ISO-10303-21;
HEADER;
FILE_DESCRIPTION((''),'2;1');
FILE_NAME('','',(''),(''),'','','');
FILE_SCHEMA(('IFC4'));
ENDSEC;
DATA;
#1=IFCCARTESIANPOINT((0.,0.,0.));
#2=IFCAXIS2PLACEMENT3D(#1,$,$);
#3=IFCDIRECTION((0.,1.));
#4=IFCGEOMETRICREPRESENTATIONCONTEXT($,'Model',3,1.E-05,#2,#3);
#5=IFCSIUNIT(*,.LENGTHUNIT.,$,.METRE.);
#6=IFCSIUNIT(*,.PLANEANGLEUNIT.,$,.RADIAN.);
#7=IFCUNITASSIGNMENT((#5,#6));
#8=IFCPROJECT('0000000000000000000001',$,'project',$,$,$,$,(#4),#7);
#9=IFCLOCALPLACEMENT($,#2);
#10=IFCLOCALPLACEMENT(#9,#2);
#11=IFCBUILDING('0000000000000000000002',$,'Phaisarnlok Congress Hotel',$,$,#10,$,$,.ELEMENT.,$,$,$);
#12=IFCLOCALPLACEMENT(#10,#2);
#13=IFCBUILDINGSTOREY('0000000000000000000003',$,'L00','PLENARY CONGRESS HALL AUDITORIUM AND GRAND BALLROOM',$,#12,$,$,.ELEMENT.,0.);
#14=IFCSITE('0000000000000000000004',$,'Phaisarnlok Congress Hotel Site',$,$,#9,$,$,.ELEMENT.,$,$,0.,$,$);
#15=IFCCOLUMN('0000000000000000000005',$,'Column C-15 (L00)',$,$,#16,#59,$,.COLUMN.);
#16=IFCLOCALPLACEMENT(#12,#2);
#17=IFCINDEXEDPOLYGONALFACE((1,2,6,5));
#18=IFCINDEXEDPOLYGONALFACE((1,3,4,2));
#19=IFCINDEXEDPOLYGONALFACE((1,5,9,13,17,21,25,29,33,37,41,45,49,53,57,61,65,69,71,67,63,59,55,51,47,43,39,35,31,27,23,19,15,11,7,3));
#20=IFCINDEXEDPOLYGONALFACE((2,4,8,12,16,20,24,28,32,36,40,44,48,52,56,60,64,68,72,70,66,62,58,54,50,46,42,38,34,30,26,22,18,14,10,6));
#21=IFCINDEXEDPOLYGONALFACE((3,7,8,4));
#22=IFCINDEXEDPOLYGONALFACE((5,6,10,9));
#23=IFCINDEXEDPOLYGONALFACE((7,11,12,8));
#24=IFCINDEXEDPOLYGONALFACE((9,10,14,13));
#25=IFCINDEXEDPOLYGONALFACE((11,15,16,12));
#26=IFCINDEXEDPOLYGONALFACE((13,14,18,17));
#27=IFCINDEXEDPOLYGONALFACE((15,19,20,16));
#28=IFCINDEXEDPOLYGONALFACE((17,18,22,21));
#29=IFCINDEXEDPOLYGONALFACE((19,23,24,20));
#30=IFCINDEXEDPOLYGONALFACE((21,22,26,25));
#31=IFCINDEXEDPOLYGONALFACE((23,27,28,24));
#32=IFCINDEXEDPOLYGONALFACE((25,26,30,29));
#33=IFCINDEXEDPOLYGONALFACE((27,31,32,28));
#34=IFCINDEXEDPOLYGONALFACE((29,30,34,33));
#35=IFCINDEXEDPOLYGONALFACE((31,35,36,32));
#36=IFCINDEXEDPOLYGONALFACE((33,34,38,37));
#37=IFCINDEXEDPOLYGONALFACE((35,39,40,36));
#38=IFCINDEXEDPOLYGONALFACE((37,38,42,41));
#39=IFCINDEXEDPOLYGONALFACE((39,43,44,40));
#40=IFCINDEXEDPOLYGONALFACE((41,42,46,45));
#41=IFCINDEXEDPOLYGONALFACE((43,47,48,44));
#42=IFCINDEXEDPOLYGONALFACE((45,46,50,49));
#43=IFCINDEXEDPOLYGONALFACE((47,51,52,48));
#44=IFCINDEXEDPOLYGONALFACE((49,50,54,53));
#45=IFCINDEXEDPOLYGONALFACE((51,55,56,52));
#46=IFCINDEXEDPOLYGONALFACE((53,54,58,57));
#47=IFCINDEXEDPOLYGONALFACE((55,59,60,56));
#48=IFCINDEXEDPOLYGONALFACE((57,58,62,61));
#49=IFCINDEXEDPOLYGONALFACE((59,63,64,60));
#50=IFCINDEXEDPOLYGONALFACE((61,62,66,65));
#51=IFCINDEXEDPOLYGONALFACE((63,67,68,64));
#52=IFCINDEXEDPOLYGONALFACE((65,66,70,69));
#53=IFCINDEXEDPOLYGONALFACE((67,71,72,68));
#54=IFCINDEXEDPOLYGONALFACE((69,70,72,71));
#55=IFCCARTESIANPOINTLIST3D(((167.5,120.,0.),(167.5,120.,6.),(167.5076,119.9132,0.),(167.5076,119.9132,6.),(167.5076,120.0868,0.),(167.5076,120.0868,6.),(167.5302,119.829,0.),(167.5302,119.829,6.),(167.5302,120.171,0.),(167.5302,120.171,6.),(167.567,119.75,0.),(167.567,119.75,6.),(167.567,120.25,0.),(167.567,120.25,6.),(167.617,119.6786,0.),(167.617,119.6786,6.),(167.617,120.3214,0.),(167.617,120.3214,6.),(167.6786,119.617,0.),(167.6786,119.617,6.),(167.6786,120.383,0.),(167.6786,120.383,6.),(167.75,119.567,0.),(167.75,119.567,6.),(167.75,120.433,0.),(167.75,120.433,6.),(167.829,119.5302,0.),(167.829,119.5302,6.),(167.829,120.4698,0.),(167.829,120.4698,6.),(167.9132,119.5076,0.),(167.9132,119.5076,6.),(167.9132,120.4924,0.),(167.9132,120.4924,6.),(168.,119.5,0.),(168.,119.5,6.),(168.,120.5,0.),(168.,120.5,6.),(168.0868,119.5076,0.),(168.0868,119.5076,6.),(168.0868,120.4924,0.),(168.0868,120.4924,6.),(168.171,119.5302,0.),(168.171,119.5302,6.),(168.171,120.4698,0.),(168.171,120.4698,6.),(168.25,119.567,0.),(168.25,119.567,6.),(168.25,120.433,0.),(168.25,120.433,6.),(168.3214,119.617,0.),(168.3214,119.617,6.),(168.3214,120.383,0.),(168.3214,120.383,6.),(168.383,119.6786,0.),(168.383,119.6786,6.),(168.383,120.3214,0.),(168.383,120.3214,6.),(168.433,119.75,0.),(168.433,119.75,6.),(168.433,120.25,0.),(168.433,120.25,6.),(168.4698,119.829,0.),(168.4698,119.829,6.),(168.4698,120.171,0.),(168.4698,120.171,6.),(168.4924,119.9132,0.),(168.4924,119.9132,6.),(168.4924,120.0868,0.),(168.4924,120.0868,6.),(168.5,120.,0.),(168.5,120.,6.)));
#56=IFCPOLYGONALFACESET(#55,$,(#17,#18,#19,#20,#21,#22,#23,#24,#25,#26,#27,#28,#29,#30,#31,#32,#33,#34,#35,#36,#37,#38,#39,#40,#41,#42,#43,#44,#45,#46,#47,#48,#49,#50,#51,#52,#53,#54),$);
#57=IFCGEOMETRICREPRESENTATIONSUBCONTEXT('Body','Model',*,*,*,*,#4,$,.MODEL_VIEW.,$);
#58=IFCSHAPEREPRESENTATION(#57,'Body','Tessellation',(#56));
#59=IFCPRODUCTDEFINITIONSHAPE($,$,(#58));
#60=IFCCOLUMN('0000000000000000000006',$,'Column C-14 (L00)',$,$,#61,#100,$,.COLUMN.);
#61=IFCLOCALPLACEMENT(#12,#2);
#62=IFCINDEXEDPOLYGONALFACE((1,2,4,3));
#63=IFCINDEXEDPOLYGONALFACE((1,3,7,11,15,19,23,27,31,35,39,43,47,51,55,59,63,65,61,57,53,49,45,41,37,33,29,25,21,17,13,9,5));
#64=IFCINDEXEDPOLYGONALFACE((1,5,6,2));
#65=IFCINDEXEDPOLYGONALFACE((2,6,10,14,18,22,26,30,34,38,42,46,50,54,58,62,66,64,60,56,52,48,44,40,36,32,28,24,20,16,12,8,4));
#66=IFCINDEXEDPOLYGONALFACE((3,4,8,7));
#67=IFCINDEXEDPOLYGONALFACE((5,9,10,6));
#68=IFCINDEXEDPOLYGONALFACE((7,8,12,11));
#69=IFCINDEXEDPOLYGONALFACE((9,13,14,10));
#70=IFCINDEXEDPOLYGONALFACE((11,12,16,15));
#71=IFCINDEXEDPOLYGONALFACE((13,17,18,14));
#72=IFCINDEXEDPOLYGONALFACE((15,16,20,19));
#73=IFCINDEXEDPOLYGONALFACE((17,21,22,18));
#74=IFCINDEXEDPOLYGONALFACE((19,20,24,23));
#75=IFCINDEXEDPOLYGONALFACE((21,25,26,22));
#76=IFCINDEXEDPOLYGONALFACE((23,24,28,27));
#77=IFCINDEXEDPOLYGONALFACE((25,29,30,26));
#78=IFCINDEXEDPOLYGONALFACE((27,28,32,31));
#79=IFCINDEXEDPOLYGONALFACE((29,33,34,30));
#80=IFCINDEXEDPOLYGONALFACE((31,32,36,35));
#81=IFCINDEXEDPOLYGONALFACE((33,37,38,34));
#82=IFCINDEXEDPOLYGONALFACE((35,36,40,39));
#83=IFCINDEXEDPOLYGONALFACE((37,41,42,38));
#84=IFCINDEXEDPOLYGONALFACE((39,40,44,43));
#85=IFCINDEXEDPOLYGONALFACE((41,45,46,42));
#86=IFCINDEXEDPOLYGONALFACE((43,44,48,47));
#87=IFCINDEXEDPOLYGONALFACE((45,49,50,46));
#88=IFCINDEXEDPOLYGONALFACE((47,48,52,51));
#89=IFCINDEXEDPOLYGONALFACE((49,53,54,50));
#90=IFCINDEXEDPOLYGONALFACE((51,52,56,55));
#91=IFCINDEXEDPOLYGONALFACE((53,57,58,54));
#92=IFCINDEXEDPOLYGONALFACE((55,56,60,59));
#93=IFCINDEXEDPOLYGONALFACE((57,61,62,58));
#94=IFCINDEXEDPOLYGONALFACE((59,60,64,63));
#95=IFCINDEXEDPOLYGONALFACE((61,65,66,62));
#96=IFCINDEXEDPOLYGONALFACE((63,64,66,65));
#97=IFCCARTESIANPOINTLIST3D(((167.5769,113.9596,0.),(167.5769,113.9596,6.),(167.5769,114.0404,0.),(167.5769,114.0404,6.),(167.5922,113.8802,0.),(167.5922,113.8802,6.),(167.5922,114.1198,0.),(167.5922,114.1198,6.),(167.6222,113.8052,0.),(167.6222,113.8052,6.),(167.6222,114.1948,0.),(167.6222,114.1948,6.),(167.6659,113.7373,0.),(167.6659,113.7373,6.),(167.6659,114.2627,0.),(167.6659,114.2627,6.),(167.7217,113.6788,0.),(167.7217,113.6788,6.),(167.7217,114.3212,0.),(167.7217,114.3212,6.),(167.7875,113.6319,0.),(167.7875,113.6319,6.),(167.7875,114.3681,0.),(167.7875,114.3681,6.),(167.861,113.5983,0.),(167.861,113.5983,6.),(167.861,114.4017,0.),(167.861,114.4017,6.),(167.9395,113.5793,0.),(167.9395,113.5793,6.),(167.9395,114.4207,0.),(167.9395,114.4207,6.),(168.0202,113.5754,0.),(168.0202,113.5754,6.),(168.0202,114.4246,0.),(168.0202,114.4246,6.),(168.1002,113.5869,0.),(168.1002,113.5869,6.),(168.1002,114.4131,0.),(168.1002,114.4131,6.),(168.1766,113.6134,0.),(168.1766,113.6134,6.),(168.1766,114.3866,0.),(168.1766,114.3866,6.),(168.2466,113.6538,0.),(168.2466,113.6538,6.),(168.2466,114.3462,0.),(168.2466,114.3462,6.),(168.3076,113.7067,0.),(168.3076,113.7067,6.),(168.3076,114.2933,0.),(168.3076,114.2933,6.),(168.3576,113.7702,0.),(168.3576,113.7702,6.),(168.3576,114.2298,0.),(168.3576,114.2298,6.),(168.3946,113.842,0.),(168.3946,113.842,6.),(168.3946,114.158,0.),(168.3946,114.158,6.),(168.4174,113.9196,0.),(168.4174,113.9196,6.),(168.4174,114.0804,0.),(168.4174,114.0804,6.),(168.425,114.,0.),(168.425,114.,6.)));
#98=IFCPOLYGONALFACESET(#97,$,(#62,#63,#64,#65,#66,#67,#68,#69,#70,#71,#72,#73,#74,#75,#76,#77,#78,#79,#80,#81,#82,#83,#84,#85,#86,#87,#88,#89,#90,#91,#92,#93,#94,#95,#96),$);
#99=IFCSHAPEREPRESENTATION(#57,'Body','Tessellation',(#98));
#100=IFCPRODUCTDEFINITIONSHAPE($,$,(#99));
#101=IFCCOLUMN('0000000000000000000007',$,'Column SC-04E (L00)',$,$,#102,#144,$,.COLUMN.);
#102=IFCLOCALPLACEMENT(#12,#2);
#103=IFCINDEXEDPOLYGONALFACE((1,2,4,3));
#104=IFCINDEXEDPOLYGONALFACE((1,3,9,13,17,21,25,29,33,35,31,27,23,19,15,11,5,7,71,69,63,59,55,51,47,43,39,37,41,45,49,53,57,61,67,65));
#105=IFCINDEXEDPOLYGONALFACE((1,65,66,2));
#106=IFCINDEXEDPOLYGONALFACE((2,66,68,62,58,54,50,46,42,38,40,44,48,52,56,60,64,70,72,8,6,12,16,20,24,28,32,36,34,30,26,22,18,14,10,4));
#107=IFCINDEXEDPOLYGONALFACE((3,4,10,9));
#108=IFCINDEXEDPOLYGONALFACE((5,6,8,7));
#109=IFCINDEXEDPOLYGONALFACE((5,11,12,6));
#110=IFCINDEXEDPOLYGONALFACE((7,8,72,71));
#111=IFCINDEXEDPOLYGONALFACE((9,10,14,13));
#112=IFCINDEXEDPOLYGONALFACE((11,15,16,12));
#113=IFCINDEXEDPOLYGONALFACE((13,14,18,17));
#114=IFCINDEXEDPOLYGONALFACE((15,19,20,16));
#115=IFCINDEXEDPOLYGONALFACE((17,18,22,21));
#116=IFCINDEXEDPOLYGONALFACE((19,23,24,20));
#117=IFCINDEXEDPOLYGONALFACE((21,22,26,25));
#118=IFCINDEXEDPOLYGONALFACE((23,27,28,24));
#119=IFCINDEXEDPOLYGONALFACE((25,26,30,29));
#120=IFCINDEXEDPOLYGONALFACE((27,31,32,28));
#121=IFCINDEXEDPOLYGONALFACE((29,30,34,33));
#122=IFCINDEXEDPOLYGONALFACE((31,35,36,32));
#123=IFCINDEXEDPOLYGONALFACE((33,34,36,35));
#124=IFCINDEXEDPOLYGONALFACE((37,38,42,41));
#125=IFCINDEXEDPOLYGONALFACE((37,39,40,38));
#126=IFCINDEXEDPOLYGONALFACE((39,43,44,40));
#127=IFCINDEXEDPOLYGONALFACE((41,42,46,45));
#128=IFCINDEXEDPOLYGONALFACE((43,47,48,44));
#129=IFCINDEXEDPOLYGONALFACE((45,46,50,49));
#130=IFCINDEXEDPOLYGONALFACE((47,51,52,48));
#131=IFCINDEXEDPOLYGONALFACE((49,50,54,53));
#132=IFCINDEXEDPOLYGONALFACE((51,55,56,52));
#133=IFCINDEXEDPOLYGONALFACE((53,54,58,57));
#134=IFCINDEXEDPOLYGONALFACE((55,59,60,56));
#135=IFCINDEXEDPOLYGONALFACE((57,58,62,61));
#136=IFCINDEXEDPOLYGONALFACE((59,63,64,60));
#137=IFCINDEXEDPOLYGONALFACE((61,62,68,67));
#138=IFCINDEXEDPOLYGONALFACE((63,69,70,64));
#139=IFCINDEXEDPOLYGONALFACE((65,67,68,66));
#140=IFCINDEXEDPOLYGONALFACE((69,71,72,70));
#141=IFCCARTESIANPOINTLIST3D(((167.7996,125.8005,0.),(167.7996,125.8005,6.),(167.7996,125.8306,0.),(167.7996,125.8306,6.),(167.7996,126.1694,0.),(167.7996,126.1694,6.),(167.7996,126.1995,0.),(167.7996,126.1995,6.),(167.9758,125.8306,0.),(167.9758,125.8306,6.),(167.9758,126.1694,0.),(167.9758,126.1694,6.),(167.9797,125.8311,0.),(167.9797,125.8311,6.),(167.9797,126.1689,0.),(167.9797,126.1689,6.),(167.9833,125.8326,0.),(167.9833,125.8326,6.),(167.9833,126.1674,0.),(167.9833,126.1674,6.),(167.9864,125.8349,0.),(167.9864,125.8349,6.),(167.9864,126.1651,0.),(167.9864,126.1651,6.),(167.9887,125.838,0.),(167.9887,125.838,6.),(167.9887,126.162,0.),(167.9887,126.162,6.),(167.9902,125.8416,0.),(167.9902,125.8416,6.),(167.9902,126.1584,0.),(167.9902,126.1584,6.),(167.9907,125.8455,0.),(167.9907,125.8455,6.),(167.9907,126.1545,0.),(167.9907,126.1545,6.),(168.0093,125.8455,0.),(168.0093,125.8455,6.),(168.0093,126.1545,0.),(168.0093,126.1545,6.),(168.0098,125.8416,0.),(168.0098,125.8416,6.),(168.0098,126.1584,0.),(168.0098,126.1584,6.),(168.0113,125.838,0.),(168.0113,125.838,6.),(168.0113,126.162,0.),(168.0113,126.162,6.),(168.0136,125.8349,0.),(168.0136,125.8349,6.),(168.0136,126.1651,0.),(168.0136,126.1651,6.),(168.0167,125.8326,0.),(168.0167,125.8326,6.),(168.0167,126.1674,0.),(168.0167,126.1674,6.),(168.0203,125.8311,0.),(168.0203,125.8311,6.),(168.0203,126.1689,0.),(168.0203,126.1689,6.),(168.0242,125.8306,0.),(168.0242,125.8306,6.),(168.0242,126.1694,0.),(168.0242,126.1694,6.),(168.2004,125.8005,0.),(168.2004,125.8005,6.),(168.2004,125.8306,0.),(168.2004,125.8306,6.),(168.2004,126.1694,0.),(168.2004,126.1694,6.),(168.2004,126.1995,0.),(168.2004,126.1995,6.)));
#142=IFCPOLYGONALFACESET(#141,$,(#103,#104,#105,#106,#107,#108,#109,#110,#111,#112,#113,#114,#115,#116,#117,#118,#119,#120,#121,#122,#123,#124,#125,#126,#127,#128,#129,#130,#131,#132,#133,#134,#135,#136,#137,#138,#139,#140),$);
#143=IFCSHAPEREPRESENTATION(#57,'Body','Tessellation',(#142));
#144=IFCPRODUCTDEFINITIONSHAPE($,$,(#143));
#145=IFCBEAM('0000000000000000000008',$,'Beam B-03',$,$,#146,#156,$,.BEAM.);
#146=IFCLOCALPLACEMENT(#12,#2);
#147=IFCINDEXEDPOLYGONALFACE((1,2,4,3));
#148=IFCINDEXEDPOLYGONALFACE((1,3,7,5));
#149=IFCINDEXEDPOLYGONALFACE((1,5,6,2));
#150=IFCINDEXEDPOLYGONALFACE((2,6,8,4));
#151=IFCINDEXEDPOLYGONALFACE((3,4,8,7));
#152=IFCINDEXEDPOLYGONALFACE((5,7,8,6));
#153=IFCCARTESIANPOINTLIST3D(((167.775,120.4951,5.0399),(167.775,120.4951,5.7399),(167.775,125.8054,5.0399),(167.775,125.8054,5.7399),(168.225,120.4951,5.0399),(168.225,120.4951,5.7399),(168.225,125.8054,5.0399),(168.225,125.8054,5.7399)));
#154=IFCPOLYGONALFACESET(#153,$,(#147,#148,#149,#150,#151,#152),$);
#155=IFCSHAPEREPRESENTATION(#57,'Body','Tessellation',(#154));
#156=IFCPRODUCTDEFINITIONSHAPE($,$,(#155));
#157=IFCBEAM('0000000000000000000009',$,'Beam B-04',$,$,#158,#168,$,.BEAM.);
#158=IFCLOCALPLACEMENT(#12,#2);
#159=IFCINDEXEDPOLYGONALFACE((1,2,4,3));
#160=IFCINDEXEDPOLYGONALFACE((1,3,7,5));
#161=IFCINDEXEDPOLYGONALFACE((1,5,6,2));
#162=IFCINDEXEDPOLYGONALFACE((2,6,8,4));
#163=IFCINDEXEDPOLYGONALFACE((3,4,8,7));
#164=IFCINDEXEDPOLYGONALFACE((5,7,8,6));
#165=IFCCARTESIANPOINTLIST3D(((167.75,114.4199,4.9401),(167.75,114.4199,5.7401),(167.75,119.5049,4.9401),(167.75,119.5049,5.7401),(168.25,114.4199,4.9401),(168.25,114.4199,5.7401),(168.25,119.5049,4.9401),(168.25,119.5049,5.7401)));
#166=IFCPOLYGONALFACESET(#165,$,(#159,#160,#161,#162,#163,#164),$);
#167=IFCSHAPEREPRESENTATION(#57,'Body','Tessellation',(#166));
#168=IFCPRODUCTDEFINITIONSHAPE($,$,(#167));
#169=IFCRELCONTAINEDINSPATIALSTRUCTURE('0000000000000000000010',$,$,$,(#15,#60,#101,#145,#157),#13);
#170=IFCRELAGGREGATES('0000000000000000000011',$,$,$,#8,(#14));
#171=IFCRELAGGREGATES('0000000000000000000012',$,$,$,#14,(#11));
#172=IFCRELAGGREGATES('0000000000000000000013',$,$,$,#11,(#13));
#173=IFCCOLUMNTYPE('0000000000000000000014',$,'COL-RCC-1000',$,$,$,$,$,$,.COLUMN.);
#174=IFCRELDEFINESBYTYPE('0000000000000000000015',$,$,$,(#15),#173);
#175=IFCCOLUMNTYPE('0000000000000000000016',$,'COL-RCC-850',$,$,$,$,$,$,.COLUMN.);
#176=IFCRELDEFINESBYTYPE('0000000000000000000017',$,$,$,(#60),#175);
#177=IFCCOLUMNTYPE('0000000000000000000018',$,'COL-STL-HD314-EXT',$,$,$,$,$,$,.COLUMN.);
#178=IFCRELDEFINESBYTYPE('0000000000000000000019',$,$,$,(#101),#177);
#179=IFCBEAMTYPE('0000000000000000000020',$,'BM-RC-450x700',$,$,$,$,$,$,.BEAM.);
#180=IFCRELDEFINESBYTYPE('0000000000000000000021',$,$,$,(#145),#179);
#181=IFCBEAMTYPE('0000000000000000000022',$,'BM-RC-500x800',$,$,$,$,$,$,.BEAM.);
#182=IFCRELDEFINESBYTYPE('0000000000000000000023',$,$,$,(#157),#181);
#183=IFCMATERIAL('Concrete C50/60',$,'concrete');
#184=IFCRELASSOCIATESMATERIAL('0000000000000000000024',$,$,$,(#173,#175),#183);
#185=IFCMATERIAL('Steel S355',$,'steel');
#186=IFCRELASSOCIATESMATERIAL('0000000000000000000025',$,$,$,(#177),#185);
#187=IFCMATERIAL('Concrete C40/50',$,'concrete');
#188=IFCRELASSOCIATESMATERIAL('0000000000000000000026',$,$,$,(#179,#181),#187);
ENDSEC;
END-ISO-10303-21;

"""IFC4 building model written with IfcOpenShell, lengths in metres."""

from ifc_helpers import new_model, si_unit, direction, frame, origin, origin_2d, place, context, subcontext, project, spatial, rectangle, circle, i_section, extrude, material, material_profile, profile_set, type_object, element, save


model = new_model("IFC4")

# Units and contexts
model_context = context("Model", 3, precision=1e-05, world=origin(), true_north=direction((0.0, 1.0)))
body_context = subcontext(model_context, "Body", "Model", "MODEL_VIEW")
ifc_project = project(units=[si_unit("LENGTHUNIT", "METRE"), si_unit("PLANEANGLEUNIT", "RADIAN")], contexts=[model_context])

# Site, building, storey
site_placement = place(None, origin())
site = spatial("IfcSite", under=ifc_project, at=site_placement, Name="Phaisarnlok Congress Hotel Site", CompositionType="ELEMENT", RefElevation=0.0)
building_placement = place(site_placement, origin())
building = spatial("IfcBuilding", under=site, at=building_placement, Name="Phaisarnlok Congress Hotel", CompositionType="ELEMENT")
storey_placement = place(building_placement, origin())
storey = spatial("IfcBuildingStorey", under=building, at=storey_placement, Name="L00", Description="PLENARY CONGRESS HALL AUDITORIUM AND GRAND BALLROOM", CompositionType="ELEMENT", Elevation=0.0)

# Columns
ifc_material_1 = material(Name="Concrete C50/60", Category="concrete")
ifc_material_profile_1 = material_profile(ifc_material_1, circle(Radius=0.5, at=origin_2d()), Name="RCC D1000")
ifc_profile_set_1 = profile_set([ifc_material_profile_1], Name="Concrete C50/60")
column_type_1 = type_object("IfcColumnType", Name="COL-RCC-1000", PredefinedType="COLUMN", material=ifc_profile_set_1)
column_1_placement = place(storey_placement, frame((168.0, 120.0, 0.0), z_axis=(0.0, 0.0, 1.0), x_axis=(1.0, 0.0, 0.0)))
element("IfcColumn", 1, at=column_1_placement, inside=storey, type_object=column_type_1, Name="Column C-15 (L00)", PredefinedType="COLUMN", context=body_context, shape_type="SweptSolid", body=[
    extrude(circle(Radius=0.5, at=origin_2d()), origin(), (0.0, 0.0, 1.0), 6.0),
])
ifc_material_profile_2 = material_profile(ifc_material_1, circle(Radius=0.425, at=origin_2d()), Name="RCC D850")
ifc_profile_set_2 = profile_set([ifc_material_profile_2], Name="Concrete C50/60")
column_type_2 = type_object("IfcColumnType", Name="COL-RCC-850", PredefinedType="COLUMN", material=ifc_profile_set_2)
column_2_placement = place(storey_placement, frame((168.0, 114.0, 0.0), z_axis=(0.0, 0.0, 1.0), x_axis=(1.0, 0.0, 0.0)))
element("IfcColumn", 2, at=column_2_placement, inside=storey, type_object=column_type_2, Name="Column C-14 (L00)", PredefinedType="COLUMN", context=body_context, shape_type="SweptSolid", body=[
    extrude(circle(Radius=0.425, at=origin_2d()), origin(), (0.0, 0.0, 1.0), 6.0),
])
ifc_material_2 = material(Name="Steel S355", Category="steel")
ifc_material_profile_3 = material_profile(ifc_material_2, i_section(OverallWidth=0.4009, OverallDepth=0.3989, WebThickness=0.0186, FlangeThickness=0.03, FilletRadius=0.0149, at=origin_2d()), Name="HD 400x314")
ifc_profile_set_3 = profile_set([ifc_material_profile_3], Name="Steel S355")
column_type_3 = type_object("IfcColumnType", Name="COL-STL-HD314-EXT", PredefinedType="COLUMN", material=ifc_profile_set_3)
column_3_placement = place(storey_placement, frame((168.0, 126.0, 0.0), z_axis=(0.0, 0.0, 1.0), x_axis=(1.0, 0.0, 0.0)))
element("IfcColumn", 3, at=column_3_placement, inside=storey, type_object=column_type_3, Name="Column SC-04E (L00)", PredefinedType="COLUMN", context=body_context, shape_type="SweptSolid", body=[
    extrude(i_section(OverallWidth=0.4009, OverallDepth=0.3989, WebThickness=0.0186, FlangeThickness=0.03, FilletRadius=0.0149, at=origin_2d()), origin(), (0.0, 0.0, 1.0), 6.0),
])

# Beams
ifc_material_3 = material(Name="Concrete C40/50", Category="concrete")
ifc_material_profile_4 = material_profile(ifc_material_3, rectangle(XDim=0.45, YDim=0.7, at=origin_2d()), Name="RC 450x700")
ifc_profile_set_4 = profile_set([ifc_material_profile_4], Name="Concrete C40/50")
beam_type_1 = type_object("IfcBeamType", Name="BM-RC-450x700", PredefinedType="BEAM", material=ifc_profile_set_4)
beam_1_placement = place(storey_placement, frame((168.0, 120.4951, 5.3899), z_axis=(0.0, 1.0, 0.0), x_axis=(-1.0, 0.0, 0.0)))
element("IfcBeam", 4, at=beam_1_placement, inside=storey, type_object=beam_type_1, Name="Beam B-03", PredefinedType="BEAM", context=body_context, shape_type="SweptSolid", body=[
    extrude(rectangle(XDim=0.45, YDim=0.7, at=origin_2d()), origin(), (0.0, 0.0, 1.0), 5.3103),
])
ifc_material_profile_5 = material_profile(ifc_material_3, rectangle(XDim=0.5, YDim=0.8, at=origin_2d()), Name="RC 500x800")
ifc_profile_set_5 = profile_set([ifc_material_profile_5], Name="Concrete C40/50")
beam_type_2 = type_object("IfcBeamType", Name="BM-RC-500x800", PredefinedType="BEAM", material=ifc_profile_set_5)
beam_2_placement = place(storey_placement, frame((168.0, 114.4199, 5.3401), z_axis=(0.0, 1.0, 0.0), x_axis=(-1.0, 0.0, 0.0)))
element("IfcBeam", 5, at=beam_2_placement, inside=storey, type_object=beam_type_2, Name="Beam B-04", PredefinedType="BEAM", context=body_context, shape_type="SweptSolid", body=[
    extrude(rectangle(XDim=0.5, YDim=0.8, at=origin_2d()), origin(), (0.0, 0.0, 1.0), 5.085),
])

save(model, "model.ifc")
